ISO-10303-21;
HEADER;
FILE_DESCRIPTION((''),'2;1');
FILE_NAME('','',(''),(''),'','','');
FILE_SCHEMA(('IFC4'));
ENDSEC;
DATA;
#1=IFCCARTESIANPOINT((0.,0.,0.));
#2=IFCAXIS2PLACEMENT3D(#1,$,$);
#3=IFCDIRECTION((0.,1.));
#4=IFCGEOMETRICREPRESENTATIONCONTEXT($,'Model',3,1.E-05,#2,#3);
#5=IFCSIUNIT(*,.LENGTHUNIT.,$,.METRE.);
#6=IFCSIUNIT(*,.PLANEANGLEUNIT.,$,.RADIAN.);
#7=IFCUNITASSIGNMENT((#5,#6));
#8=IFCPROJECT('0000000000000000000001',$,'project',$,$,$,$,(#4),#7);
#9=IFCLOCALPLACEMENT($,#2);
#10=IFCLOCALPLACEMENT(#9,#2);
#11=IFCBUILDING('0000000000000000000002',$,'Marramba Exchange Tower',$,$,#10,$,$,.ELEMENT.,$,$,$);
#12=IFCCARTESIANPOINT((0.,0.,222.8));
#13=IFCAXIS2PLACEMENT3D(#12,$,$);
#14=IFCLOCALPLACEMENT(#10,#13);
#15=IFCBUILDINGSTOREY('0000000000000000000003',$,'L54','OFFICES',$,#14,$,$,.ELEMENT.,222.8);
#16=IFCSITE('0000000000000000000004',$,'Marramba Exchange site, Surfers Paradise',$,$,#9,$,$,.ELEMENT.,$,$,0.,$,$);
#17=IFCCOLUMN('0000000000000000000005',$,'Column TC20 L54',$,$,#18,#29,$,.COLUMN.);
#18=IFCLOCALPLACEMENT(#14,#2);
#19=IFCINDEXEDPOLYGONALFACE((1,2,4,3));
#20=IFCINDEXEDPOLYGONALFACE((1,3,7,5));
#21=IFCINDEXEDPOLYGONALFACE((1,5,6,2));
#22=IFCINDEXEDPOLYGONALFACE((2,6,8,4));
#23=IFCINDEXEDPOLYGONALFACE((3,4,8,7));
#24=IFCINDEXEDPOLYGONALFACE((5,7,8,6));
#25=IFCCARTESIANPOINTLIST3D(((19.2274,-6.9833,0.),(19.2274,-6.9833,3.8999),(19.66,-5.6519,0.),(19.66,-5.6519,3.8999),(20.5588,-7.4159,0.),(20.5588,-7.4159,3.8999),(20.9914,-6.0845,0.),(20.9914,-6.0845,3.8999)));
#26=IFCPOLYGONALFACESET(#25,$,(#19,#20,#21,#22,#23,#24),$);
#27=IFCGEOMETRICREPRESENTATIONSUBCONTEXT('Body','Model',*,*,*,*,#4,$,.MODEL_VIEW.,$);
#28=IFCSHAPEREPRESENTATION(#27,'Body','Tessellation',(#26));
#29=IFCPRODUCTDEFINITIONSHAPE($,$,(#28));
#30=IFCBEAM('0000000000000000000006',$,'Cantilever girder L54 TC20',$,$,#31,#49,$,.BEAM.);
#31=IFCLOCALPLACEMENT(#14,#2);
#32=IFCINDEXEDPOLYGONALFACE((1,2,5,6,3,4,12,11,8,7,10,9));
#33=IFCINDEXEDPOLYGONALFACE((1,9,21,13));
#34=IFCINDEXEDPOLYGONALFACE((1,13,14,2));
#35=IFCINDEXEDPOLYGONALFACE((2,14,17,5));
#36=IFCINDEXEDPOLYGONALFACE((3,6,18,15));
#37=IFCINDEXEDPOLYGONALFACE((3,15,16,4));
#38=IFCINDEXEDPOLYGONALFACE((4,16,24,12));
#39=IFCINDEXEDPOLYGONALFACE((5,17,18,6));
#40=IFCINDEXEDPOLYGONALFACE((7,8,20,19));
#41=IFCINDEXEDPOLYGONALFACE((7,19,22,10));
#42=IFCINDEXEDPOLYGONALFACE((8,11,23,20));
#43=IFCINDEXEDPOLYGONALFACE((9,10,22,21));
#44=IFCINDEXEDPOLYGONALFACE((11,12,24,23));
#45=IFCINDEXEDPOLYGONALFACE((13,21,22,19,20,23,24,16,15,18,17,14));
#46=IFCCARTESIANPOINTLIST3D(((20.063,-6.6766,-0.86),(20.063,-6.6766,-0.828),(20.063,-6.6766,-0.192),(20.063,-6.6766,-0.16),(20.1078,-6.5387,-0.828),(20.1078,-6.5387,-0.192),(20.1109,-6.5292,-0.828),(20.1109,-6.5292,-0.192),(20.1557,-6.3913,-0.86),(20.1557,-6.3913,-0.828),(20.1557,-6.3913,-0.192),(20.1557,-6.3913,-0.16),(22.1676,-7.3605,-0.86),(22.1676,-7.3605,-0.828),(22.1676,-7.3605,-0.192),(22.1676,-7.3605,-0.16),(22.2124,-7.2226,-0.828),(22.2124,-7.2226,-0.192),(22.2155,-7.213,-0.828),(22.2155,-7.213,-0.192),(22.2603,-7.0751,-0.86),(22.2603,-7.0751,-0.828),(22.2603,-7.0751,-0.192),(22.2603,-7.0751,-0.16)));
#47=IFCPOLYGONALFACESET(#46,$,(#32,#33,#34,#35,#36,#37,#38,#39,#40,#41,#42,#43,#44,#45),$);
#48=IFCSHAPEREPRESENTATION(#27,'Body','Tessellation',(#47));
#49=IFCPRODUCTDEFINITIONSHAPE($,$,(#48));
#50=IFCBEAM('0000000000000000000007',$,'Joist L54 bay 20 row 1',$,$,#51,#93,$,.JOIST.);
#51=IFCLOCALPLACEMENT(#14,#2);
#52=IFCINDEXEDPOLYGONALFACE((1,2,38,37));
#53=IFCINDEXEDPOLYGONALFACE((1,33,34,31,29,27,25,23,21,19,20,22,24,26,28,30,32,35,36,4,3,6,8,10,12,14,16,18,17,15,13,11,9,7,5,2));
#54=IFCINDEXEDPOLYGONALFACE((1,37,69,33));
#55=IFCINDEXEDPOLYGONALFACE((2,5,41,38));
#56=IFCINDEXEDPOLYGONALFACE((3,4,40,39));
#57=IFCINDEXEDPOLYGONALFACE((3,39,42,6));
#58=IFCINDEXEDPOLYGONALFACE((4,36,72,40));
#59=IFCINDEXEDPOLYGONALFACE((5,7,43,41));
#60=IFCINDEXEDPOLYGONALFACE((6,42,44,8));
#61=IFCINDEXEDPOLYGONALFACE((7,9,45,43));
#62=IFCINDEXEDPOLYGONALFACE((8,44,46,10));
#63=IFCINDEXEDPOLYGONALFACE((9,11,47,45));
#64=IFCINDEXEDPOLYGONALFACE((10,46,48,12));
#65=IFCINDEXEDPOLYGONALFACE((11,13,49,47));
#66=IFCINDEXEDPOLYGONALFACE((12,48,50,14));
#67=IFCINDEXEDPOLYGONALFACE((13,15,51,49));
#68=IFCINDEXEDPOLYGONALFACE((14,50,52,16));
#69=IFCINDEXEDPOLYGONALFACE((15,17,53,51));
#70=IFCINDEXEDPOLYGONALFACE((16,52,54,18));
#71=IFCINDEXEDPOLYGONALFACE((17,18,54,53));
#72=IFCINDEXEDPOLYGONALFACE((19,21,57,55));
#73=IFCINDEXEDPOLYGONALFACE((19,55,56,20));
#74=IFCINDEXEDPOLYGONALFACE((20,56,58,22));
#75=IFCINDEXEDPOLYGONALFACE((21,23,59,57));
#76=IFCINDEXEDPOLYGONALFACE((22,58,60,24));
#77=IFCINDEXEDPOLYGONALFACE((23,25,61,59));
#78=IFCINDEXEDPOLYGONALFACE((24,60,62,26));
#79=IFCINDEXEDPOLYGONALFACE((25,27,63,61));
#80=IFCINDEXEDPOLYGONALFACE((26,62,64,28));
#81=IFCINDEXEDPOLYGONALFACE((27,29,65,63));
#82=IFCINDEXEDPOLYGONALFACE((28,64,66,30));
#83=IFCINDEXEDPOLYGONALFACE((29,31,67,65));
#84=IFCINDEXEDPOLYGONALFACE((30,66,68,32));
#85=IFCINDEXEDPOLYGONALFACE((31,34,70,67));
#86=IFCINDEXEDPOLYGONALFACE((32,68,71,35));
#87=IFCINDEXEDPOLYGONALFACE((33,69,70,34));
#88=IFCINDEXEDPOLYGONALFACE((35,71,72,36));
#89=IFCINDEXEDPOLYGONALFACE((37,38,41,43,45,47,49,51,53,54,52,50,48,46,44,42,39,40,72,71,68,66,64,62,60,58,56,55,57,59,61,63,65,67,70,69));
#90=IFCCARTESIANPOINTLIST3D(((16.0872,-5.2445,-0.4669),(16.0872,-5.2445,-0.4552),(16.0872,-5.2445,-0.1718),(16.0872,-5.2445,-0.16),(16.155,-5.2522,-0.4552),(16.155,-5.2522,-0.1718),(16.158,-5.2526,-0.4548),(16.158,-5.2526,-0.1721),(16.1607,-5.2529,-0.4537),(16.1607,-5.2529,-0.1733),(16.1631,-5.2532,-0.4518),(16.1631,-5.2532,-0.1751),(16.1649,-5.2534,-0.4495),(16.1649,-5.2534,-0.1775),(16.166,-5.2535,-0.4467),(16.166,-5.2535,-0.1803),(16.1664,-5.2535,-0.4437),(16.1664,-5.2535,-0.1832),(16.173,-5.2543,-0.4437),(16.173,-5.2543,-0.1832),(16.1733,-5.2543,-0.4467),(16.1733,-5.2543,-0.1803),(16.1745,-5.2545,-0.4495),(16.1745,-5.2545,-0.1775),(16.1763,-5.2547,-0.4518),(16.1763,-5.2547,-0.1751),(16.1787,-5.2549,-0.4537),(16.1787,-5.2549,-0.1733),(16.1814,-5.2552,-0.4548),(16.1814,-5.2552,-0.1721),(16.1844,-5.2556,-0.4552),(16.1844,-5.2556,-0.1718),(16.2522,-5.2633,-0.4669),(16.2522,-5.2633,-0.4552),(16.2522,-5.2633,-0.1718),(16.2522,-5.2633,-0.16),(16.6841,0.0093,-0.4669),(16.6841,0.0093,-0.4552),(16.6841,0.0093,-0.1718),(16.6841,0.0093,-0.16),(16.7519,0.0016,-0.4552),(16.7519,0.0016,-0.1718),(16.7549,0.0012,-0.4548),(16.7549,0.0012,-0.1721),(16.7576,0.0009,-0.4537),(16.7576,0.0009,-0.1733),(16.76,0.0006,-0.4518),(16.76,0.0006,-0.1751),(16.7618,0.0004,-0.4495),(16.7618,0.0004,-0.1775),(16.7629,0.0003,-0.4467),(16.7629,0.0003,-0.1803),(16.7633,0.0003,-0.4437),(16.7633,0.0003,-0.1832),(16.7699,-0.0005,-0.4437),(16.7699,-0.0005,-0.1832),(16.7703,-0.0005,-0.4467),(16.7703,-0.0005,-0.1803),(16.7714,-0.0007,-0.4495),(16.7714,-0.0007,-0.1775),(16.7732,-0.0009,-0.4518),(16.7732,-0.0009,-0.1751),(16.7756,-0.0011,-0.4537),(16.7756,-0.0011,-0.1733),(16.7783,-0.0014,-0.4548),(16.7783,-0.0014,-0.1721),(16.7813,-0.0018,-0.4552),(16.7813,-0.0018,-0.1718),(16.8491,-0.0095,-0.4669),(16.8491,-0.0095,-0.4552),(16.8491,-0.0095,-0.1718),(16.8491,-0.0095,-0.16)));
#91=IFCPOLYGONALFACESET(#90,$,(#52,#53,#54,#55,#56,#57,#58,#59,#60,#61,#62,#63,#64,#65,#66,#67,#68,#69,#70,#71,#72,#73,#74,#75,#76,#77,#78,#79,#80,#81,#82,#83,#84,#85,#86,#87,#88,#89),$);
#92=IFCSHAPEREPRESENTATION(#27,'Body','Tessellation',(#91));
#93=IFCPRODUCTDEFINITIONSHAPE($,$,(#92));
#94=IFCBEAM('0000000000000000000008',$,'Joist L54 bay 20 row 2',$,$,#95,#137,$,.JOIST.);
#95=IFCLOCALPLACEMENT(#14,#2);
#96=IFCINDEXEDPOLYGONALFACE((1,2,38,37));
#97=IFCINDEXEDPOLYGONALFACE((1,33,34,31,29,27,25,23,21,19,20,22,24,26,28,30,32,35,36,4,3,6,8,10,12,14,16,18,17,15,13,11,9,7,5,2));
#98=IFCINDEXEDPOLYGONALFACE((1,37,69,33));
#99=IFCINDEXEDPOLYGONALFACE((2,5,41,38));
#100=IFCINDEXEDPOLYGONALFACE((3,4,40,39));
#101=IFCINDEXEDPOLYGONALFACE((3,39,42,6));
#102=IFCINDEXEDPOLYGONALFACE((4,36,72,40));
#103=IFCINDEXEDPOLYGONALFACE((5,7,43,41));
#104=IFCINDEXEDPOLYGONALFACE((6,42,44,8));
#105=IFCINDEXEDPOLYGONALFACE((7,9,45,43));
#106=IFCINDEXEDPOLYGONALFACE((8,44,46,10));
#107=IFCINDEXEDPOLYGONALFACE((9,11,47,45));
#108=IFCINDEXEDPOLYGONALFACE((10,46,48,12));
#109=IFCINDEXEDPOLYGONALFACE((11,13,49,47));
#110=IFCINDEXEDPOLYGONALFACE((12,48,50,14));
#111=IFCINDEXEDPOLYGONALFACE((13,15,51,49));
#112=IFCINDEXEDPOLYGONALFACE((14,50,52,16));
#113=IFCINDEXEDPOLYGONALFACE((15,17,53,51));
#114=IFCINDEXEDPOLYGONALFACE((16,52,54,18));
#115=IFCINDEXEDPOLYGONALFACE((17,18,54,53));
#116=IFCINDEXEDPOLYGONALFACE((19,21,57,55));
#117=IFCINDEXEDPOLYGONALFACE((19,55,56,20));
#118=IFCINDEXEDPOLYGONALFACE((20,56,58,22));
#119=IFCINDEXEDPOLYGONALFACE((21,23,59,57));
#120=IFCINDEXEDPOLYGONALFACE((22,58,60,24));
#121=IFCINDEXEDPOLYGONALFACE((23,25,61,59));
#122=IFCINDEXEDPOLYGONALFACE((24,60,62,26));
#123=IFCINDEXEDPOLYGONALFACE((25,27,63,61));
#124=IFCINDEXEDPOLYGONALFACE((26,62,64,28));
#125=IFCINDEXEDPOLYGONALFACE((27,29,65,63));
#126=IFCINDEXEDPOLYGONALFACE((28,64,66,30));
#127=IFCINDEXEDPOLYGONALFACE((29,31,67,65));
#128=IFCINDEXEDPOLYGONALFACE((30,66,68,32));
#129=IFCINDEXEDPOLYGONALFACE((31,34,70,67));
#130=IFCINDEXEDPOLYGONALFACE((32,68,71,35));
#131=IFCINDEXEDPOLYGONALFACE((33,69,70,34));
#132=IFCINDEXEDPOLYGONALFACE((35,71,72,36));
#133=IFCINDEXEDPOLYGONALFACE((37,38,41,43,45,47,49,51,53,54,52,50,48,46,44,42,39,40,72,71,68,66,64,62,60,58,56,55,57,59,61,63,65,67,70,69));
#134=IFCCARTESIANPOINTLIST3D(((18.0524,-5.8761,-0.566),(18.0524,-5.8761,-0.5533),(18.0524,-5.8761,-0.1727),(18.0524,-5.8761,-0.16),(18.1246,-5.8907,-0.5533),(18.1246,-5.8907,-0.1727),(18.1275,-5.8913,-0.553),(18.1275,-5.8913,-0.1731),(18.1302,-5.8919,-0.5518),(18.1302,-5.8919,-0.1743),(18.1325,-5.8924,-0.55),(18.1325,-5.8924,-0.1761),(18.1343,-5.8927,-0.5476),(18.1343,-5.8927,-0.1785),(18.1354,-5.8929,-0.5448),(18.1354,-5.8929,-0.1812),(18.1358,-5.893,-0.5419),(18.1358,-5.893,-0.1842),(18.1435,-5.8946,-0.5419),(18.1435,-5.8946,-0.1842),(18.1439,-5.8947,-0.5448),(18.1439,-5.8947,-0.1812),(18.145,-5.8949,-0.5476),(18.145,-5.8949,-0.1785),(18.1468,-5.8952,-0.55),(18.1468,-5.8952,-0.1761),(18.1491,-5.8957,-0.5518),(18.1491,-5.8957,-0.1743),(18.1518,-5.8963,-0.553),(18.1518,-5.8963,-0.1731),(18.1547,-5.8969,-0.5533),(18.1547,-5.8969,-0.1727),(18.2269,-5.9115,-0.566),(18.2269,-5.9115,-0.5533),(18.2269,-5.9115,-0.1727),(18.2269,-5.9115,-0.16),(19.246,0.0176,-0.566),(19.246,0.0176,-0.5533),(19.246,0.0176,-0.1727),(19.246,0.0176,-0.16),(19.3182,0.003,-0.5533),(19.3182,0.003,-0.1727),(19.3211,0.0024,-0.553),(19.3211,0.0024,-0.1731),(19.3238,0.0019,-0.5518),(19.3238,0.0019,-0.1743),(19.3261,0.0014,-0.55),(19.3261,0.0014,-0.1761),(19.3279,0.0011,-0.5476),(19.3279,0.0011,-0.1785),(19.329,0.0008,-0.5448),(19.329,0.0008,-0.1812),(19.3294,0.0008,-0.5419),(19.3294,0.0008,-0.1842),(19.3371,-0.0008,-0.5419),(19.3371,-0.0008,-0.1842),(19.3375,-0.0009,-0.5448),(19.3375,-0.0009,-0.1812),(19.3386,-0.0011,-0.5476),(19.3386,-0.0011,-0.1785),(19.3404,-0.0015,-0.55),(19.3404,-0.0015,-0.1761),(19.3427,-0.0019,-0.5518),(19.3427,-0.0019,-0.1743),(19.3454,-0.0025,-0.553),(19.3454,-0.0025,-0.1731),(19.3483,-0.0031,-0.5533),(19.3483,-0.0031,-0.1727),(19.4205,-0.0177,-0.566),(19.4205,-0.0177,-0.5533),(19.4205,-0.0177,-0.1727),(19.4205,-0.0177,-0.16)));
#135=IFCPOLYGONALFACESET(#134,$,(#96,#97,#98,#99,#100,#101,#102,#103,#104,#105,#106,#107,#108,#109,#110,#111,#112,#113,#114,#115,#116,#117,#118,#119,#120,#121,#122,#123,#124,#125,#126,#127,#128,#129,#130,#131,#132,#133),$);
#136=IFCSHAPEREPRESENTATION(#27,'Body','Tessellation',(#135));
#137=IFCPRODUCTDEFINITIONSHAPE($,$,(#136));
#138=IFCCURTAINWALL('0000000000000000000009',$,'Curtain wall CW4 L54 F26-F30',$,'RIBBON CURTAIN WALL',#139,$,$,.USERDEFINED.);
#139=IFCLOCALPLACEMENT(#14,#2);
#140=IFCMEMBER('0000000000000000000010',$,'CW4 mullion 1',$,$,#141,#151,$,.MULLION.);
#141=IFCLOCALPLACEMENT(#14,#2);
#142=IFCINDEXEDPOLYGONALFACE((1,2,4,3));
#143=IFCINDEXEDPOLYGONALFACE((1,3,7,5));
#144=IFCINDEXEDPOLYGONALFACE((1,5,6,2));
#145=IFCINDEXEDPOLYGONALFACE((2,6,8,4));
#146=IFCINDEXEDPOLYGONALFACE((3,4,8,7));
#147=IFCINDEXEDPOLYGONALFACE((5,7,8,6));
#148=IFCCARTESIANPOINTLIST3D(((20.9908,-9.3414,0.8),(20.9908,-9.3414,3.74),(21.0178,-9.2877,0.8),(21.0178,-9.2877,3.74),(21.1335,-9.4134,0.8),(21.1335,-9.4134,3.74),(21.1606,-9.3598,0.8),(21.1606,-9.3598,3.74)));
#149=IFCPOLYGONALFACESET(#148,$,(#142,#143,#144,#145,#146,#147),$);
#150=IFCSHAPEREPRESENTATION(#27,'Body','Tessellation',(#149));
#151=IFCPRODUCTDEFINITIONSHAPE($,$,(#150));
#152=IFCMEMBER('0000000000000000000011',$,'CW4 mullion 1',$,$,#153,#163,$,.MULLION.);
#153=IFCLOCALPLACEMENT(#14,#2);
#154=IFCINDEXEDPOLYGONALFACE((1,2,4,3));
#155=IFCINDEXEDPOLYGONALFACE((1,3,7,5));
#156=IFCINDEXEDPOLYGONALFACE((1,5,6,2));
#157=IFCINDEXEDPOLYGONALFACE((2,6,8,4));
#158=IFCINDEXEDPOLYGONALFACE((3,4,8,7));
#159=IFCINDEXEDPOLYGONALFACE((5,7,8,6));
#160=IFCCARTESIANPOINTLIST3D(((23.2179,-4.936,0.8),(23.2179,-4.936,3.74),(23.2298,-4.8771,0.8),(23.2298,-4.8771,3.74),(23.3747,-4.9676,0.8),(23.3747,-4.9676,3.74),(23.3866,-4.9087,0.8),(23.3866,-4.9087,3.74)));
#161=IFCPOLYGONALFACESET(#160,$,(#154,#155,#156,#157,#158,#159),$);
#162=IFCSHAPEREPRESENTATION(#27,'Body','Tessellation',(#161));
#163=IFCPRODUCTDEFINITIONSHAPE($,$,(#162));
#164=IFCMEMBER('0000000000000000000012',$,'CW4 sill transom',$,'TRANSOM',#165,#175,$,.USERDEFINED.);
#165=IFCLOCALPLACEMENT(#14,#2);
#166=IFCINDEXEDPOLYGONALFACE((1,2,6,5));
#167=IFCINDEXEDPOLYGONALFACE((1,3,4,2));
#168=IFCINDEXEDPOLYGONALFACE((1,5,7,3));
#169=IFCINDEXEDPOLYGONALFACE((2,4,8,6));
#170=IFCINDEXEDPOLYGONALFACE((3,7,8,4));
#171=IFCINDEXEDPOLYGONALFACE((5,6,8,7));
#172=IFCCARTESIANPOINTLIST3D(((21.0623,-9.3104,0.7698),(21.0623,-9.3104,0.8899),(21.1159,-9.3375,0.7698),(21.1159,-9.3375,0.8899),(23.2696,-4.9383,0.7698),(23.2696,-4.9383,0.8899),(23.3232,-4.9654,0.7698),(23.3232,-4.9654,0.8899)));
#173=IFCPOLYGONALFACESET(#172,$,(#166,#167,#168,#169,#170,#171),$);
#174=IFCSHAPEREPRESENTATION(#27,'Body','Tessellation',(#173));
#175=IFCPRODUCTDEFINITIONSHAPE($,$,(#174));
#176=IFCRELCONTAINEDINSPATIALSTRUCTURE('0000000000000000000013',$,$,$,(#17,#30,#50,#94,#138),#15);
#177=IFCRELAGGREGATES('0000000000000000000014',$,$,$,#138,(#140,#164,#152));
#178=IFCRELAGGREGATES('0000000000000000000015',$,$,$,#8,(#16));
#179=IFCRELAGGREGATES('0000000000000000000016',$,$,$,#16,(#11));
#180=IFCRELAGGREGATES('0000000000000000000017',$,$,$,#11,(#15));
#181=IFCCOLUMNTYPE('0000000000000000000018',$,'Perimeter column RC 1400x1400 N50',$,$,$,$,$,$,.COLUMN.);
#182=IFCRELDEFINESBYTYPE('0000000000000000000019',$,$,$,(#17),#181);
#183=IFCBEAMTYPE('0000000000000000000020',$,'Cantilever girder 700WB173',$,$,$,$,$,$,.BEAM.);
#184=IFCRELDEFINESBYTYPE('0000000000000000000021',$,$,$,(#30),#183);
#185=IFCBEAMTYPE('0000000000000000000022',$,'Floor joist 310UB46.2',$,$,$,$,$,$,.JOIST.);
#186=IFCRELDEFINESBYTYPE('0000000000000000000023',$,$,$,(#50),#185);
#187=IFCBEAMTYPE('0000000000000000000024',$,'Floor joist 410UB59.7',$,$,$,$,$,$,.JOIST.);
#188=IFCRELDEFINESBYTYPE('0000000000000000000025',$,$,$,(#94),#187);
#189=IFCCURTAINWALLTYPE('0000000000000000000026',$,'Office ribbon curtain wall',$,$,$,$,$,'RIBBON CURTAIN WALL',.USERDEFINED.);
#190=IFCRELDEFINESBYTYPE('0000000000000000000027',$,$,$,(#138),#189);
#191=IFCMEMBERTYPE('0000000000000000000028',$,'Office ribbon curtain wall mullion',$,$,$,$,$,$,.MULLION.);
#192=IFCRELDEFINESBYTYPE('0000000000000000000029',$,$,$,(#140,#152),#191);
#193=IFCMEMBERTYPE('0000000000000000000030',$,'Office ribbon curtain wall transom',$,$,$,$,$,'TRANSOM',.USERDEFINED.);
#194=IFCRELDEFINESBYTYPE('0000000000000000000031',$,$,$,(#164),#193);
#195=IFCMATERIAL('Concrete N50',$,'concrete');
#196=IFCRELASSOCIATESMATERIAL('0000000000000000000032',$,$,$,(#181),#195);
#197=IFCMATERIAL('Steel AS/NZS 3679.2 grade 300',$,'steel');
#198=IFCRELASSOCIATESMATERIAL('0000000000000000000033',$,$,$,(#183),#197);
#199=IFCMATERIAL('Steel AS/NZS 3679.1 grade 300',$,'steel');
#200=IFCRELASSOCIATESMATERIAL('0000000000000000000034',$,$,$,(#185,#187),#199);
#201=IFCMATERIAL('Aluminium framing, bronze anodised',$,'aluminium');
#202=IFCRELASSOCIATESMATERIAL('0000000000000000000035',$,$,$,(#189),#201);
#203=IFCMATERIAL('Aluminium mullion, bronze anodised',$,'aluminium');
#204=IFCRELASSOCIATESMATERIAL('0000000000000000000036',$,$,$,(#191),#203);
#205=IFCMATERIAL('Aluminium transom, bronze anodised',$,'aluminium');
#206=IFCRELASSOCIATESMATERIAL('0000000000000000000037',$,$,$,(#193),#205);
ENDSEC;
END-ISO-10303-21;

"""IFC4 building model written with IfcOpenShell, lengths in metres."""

from ifc_helpers import new_model, si_unit, direction, frame, origin, origin_2d, place, context, subcontext, project, spatial, rectangle, i_section, extrude, material, material_profile, profile_set, type_object, element, aggregate, save


model = new_model("IFC4")

# Units and contexts
model_context = context("Model", 3, precision=1e-05, world=origin(), true_north=direction((0.0, 1.0)))
body_context = subcontext(model_context, "Body", "Model", "MODEL_VIEW")
ifc_project = project(units=[si_unit("LENGTHUNIT", "METRE"), si_unit("PLANEANGLEUNIT", "RADIAN")], contexts=[model_context])

# Site, building, storey
site_placement = place(None, origin())
site = spatial("IfcSite", under=ifc_project, at=site_placement, Name="Marramba Exchange site, Surfers Paradise", CompositionType="ELEMENT", RefElevation=0.0)
building_placement = place(site_placement, origin())
building = spatial("IfcBuilding", under=site, at=building_placement, Name="Marramba Exchange Tower", CompositionType="ELEMENT")
storey_placement = place(building_placement, frame((0.0, 0.0, 222.8)))
storey = spatial("IfcBuildingStorey", under=building, at=storey_placement, Name="L54", Description="OFFICES", CompositionType="ELEMENT", Elevation=222.8)

# Column
ifc_material_1 = material(Name="Concrete N50", Category="concrete")
ifc_material_profile_1 = material_profile(ifc_material_1, rectangle(XDim=1.3999, YDim=1.3999, at=origin_2d()), Name="RC 1400x1400")
ifc_profile_set_1 = profile_set([ifc_material_profile_1], Name="Concrete N50")
column_type = type_object("IfcColumnType", Name="Perimeter column RC 1400x1400 N50", PredefinedType="COLUMN", material=ifc_profile_set_1)
column_placement = place(storey_placement, frame((20.1094, -6.5339, 0.0), z_axis=(0.0, 0.0, 1.0), x_axis=(0.951057, -0.309017, 0.0)))
element("IfcColumn", 1, at=column_placement, inside=storey, type_object=column_type, Name="Column TC20 L54", PredefinedType="COLUMN", context=body_context, shape_type="SweptSolid", body=[
    extrude(rectangle(XDim=1.3999, YDim=1.3999, at=origin_2d()), origin(), (0.0, 0.0, 1.0), 3.8999),
])

# Beams
ifc_material_2 = material(Name="Steel AS/NZS 3679.2 grade 300", Category="steel")
ifc_material_profile_2 = material_profile(ifc_material_2, i_section(OverallWidth=0.3, OverallDepth=0.7, WebThickness=0.01, FlangeThickness=0.032, at=origin_2d()), Name="700WB173")
ifc_profile_set_2 = profile_set([ifc_material_profile_2], Name="Steel AS/NZS 3679.2 grade 300")
beam_type_1 = type_object("IfcBeamType", Name="Cantilever girder 700WB173", PredefinedType="BEAM", material=ifc_profile_set_2)
beam_1_placement = place(storey_placement, frame((20.1094, -6.5339, -0.51), z_axis=(0.95105, -0.309036, 0.0), x_axis=(0.309036, 0.95105, 0.0)))
element("IfcBeam", 2, at=beam_1_placement, inside=storey, type_object=beam_type_1, Name="Cantilever girder L54 TC20", PredefinedType="BEAM", context=body_context, shape_type="SweptSolid", body=[
    extrude(i_section(OverallWidth=0.3, OverallDepth=0.7, WebThickness=0.01, FlangeThickness=0.032, at=origin_2d()), origin(), (0.0, 0.0, 1.0), 2.2129),
])
ifc_material_3 = material(Name="Steel AS/NZS 3679.1 grade 300", Category="steel")
ifc_material_profile_3 = material_profile(ifc_material_3, i_section(OverallWidth=0.166, OverallDepth=0.3069, WebThickness=0.0066, FlangeThickness=0.0117, FilletRadius=0.0115, at=origin_2d()), Name="310UB46.2")
ifc_profile_set_3 = profile_set([ifc_material_profile_3], Name="Steel AS/NZS 3679.1 grade 300")
beam_type_2 = type_object("IfcBeamType", Name="Floor joist 310UB46.2", PredefinedType="JOIST", material=ifc_profile_set_3)
beam_2_placement = place(storey_placement, frame((16.1697, -5.2539, -0.3135), z_axis=(0.112889, 0.993608, 0.0), x_axis=(-0.993608, 0.112889, 0.0)))
element("IfcBeam", 3, at=beam_2_placement, inside=storey, type_object=beam_type_2, Name="Joist L54 bay 20 row 1", PredefinedType="JOIST", context=body_context, shape_type="SweptSolid", body=[
    extrude(i_section(OverallWidth=0.166, OverallDepth=0.3069, WebThickness=0.0066, FlangeThickness=0.0117, FilletRadius=0.0115, at=origin_2d()), origin(), (0.0, 0.0, 1.0), 5.2876),
])
ifc_material_profile_4 = material_profile(ifc_material_3, i_section(OverallWidth=0.178, OverallDepth=0.406, WebThickness=0.0078, FlangeThickness=0.0127, FilletRadius=0.0115, at=origin_2d()), Name="410UB59.7")
ifc_profile_set_4 = profile_set([ifc_material_profile_4], Name="Steel AS/NZS 3679.1 grade 300")
beam_type_3 = type_object("IfcBeamType", Name="Floor joist 410UB59.7", PredefinedType="JOIST", material=ifc_profile_set_4)
beam_3_placement = place(storey_placement, frame((18.1396, -5.8938, -0.363), z_axis=(0.198489, 0.980103, 0.0), x_axis=(-0.980103, 0.198489, 0.0)))
element("IfcBeam", 4, at=beam_3_placement, inside=storey, type_object=beam_type_3, Name="Joist L54 bay 20 row 2", PredefinedType="JOIST", context=body_context, shape_type="SweptSolid", body=[
    extrude(i_section(OverallWidth=0.178, OverallDepth=0.406, WebThickness=0.0078, FlangeThickness=0.0127, FilletRadius=0.0115, at=origin_2d()), origin(), (0.0, 0.0, 1.0), 6.0134),
])

# Curtain wall, members
ifc_material_4 = material(Name="Aluminium framing, bronze anodised", Category="aluminium")
curtain_wall_type = type_object("IfcCurtainWallType", Name="Office ribbon curtain wall", ElementType="RIBBON CURTAIN WALL", PredefinedType="USERDEFINED", material=ifc_material_4)
curtain_wall_placement = place(storey_placement, origin())
curtain_wall = element("IfcCurtainWall", 5, at=curtain_wall_placement, inside=storey, type_object=curtain_wall_type, Name="Curtain wall CW4 L54 F26-F30", ObjectType="RIBBON CURTAIN WALL", PredefinedType="USERDEFINED")
ifc_material_5 = material(Name="Aluminium mullion, bronze anodised", Category="aluminium")
ifc_material_profile_5 = material_profile(ifc_material_5, rectangle(XDim=0.1599, YDim=0.0601, at=origin_2d()), Name="CW4 mullion 60x160")
ifc_profile_set_5 = profile_set([ifc_material_profile_5], Name="Aluminium mullion, bronze anodised")
member_type_1 = type_object("IfcMemberType", Name="Office ribbon curtain wall mullion", PredefinedType="MULLION", material=ifc_profile_set_5)
member_1_placement = place(storey_placement, frame((21.0757, -9.3506, 0.8), z_axis=(0.0, 0.0, 1.0), x_axis=(-0.892689, 0.450673, 0.0)))
member_1 = element("IfcMember", 6, at=member_1_placement, type_object=member_type_1, Name="CW4 mullion 1", PredefinedType="MULLION", context=body_context, shape_type="SweptSolid", body=[
    extrude(rectangle(XDim=0.1599, YDim=0.0601, at=origin_2d()), origin(), (0.0, 0.0, 1.0), 2.9399),
])
member_2_placement = place(storey_placement, frame((23.3022, -4.9224, 0.8), z_axis=(0.0, 0.0, 1.0), x_axis=(-0.980304, 0.197495, 0.0)))
member_2 = element("IfcMember", 7, at=member_2_placement, type_object=member_type_1, Name="CW4 mullion 1", PredefinedType="MULLION", context=body_context, shape_type="SweptSolid", body=[
    extrude(rectangle(XDim=0.1599, YDim=0.0601, at=origin_2d()), origin(), (0.0, 0.0, 1.0), 2.9399),
])
ifc_material_6 = material(Name="Aluminium transom, bronze anodised", Category="aluminium")
ifc_material_profile_6 = material_profile(ifc_material_6, rectangle(XDim=0.0601, YDim=0.1201, at=origin_2d()), Name="CW4 transom 60x120")
ifc_profile_set_6 = profile_set([ifc_material_profile_6], Name="Aluminium transom, bronze anodised")
member_type_2 = type_object("IfcMemberType", Name="Office ribbon curtain wall transom", ElementType="TRANSOM", PredefinedType="USERDEFINED", material=ifc_profile_set_6)
member_3_placement = place(storey_placement, frame((21.0891, -9.324, 0.8298), z_axis=(0.45068, 0.892686, 0.0), x_axis=(-0.892686, 0.45068, 0.0)))
member_3 = element("IfcMember", 8, at=member_3_placement, type_object=member_type_2, Name="CW4 sill transom", ObjectType="TRANSOM", PredefinedType="USERDEFINED", context=body_context, shape_type="SweptSolid", body=[
    extrude(rectangle(XDim=0.0601, YDim=0.1201, at=origin_2d()), origin(), (0.0, 0.0, 1.0), 4.8977),
])

aggregate(curtain_wall, [member_1, member_3, member_2])

save(model, "model.ifc")
